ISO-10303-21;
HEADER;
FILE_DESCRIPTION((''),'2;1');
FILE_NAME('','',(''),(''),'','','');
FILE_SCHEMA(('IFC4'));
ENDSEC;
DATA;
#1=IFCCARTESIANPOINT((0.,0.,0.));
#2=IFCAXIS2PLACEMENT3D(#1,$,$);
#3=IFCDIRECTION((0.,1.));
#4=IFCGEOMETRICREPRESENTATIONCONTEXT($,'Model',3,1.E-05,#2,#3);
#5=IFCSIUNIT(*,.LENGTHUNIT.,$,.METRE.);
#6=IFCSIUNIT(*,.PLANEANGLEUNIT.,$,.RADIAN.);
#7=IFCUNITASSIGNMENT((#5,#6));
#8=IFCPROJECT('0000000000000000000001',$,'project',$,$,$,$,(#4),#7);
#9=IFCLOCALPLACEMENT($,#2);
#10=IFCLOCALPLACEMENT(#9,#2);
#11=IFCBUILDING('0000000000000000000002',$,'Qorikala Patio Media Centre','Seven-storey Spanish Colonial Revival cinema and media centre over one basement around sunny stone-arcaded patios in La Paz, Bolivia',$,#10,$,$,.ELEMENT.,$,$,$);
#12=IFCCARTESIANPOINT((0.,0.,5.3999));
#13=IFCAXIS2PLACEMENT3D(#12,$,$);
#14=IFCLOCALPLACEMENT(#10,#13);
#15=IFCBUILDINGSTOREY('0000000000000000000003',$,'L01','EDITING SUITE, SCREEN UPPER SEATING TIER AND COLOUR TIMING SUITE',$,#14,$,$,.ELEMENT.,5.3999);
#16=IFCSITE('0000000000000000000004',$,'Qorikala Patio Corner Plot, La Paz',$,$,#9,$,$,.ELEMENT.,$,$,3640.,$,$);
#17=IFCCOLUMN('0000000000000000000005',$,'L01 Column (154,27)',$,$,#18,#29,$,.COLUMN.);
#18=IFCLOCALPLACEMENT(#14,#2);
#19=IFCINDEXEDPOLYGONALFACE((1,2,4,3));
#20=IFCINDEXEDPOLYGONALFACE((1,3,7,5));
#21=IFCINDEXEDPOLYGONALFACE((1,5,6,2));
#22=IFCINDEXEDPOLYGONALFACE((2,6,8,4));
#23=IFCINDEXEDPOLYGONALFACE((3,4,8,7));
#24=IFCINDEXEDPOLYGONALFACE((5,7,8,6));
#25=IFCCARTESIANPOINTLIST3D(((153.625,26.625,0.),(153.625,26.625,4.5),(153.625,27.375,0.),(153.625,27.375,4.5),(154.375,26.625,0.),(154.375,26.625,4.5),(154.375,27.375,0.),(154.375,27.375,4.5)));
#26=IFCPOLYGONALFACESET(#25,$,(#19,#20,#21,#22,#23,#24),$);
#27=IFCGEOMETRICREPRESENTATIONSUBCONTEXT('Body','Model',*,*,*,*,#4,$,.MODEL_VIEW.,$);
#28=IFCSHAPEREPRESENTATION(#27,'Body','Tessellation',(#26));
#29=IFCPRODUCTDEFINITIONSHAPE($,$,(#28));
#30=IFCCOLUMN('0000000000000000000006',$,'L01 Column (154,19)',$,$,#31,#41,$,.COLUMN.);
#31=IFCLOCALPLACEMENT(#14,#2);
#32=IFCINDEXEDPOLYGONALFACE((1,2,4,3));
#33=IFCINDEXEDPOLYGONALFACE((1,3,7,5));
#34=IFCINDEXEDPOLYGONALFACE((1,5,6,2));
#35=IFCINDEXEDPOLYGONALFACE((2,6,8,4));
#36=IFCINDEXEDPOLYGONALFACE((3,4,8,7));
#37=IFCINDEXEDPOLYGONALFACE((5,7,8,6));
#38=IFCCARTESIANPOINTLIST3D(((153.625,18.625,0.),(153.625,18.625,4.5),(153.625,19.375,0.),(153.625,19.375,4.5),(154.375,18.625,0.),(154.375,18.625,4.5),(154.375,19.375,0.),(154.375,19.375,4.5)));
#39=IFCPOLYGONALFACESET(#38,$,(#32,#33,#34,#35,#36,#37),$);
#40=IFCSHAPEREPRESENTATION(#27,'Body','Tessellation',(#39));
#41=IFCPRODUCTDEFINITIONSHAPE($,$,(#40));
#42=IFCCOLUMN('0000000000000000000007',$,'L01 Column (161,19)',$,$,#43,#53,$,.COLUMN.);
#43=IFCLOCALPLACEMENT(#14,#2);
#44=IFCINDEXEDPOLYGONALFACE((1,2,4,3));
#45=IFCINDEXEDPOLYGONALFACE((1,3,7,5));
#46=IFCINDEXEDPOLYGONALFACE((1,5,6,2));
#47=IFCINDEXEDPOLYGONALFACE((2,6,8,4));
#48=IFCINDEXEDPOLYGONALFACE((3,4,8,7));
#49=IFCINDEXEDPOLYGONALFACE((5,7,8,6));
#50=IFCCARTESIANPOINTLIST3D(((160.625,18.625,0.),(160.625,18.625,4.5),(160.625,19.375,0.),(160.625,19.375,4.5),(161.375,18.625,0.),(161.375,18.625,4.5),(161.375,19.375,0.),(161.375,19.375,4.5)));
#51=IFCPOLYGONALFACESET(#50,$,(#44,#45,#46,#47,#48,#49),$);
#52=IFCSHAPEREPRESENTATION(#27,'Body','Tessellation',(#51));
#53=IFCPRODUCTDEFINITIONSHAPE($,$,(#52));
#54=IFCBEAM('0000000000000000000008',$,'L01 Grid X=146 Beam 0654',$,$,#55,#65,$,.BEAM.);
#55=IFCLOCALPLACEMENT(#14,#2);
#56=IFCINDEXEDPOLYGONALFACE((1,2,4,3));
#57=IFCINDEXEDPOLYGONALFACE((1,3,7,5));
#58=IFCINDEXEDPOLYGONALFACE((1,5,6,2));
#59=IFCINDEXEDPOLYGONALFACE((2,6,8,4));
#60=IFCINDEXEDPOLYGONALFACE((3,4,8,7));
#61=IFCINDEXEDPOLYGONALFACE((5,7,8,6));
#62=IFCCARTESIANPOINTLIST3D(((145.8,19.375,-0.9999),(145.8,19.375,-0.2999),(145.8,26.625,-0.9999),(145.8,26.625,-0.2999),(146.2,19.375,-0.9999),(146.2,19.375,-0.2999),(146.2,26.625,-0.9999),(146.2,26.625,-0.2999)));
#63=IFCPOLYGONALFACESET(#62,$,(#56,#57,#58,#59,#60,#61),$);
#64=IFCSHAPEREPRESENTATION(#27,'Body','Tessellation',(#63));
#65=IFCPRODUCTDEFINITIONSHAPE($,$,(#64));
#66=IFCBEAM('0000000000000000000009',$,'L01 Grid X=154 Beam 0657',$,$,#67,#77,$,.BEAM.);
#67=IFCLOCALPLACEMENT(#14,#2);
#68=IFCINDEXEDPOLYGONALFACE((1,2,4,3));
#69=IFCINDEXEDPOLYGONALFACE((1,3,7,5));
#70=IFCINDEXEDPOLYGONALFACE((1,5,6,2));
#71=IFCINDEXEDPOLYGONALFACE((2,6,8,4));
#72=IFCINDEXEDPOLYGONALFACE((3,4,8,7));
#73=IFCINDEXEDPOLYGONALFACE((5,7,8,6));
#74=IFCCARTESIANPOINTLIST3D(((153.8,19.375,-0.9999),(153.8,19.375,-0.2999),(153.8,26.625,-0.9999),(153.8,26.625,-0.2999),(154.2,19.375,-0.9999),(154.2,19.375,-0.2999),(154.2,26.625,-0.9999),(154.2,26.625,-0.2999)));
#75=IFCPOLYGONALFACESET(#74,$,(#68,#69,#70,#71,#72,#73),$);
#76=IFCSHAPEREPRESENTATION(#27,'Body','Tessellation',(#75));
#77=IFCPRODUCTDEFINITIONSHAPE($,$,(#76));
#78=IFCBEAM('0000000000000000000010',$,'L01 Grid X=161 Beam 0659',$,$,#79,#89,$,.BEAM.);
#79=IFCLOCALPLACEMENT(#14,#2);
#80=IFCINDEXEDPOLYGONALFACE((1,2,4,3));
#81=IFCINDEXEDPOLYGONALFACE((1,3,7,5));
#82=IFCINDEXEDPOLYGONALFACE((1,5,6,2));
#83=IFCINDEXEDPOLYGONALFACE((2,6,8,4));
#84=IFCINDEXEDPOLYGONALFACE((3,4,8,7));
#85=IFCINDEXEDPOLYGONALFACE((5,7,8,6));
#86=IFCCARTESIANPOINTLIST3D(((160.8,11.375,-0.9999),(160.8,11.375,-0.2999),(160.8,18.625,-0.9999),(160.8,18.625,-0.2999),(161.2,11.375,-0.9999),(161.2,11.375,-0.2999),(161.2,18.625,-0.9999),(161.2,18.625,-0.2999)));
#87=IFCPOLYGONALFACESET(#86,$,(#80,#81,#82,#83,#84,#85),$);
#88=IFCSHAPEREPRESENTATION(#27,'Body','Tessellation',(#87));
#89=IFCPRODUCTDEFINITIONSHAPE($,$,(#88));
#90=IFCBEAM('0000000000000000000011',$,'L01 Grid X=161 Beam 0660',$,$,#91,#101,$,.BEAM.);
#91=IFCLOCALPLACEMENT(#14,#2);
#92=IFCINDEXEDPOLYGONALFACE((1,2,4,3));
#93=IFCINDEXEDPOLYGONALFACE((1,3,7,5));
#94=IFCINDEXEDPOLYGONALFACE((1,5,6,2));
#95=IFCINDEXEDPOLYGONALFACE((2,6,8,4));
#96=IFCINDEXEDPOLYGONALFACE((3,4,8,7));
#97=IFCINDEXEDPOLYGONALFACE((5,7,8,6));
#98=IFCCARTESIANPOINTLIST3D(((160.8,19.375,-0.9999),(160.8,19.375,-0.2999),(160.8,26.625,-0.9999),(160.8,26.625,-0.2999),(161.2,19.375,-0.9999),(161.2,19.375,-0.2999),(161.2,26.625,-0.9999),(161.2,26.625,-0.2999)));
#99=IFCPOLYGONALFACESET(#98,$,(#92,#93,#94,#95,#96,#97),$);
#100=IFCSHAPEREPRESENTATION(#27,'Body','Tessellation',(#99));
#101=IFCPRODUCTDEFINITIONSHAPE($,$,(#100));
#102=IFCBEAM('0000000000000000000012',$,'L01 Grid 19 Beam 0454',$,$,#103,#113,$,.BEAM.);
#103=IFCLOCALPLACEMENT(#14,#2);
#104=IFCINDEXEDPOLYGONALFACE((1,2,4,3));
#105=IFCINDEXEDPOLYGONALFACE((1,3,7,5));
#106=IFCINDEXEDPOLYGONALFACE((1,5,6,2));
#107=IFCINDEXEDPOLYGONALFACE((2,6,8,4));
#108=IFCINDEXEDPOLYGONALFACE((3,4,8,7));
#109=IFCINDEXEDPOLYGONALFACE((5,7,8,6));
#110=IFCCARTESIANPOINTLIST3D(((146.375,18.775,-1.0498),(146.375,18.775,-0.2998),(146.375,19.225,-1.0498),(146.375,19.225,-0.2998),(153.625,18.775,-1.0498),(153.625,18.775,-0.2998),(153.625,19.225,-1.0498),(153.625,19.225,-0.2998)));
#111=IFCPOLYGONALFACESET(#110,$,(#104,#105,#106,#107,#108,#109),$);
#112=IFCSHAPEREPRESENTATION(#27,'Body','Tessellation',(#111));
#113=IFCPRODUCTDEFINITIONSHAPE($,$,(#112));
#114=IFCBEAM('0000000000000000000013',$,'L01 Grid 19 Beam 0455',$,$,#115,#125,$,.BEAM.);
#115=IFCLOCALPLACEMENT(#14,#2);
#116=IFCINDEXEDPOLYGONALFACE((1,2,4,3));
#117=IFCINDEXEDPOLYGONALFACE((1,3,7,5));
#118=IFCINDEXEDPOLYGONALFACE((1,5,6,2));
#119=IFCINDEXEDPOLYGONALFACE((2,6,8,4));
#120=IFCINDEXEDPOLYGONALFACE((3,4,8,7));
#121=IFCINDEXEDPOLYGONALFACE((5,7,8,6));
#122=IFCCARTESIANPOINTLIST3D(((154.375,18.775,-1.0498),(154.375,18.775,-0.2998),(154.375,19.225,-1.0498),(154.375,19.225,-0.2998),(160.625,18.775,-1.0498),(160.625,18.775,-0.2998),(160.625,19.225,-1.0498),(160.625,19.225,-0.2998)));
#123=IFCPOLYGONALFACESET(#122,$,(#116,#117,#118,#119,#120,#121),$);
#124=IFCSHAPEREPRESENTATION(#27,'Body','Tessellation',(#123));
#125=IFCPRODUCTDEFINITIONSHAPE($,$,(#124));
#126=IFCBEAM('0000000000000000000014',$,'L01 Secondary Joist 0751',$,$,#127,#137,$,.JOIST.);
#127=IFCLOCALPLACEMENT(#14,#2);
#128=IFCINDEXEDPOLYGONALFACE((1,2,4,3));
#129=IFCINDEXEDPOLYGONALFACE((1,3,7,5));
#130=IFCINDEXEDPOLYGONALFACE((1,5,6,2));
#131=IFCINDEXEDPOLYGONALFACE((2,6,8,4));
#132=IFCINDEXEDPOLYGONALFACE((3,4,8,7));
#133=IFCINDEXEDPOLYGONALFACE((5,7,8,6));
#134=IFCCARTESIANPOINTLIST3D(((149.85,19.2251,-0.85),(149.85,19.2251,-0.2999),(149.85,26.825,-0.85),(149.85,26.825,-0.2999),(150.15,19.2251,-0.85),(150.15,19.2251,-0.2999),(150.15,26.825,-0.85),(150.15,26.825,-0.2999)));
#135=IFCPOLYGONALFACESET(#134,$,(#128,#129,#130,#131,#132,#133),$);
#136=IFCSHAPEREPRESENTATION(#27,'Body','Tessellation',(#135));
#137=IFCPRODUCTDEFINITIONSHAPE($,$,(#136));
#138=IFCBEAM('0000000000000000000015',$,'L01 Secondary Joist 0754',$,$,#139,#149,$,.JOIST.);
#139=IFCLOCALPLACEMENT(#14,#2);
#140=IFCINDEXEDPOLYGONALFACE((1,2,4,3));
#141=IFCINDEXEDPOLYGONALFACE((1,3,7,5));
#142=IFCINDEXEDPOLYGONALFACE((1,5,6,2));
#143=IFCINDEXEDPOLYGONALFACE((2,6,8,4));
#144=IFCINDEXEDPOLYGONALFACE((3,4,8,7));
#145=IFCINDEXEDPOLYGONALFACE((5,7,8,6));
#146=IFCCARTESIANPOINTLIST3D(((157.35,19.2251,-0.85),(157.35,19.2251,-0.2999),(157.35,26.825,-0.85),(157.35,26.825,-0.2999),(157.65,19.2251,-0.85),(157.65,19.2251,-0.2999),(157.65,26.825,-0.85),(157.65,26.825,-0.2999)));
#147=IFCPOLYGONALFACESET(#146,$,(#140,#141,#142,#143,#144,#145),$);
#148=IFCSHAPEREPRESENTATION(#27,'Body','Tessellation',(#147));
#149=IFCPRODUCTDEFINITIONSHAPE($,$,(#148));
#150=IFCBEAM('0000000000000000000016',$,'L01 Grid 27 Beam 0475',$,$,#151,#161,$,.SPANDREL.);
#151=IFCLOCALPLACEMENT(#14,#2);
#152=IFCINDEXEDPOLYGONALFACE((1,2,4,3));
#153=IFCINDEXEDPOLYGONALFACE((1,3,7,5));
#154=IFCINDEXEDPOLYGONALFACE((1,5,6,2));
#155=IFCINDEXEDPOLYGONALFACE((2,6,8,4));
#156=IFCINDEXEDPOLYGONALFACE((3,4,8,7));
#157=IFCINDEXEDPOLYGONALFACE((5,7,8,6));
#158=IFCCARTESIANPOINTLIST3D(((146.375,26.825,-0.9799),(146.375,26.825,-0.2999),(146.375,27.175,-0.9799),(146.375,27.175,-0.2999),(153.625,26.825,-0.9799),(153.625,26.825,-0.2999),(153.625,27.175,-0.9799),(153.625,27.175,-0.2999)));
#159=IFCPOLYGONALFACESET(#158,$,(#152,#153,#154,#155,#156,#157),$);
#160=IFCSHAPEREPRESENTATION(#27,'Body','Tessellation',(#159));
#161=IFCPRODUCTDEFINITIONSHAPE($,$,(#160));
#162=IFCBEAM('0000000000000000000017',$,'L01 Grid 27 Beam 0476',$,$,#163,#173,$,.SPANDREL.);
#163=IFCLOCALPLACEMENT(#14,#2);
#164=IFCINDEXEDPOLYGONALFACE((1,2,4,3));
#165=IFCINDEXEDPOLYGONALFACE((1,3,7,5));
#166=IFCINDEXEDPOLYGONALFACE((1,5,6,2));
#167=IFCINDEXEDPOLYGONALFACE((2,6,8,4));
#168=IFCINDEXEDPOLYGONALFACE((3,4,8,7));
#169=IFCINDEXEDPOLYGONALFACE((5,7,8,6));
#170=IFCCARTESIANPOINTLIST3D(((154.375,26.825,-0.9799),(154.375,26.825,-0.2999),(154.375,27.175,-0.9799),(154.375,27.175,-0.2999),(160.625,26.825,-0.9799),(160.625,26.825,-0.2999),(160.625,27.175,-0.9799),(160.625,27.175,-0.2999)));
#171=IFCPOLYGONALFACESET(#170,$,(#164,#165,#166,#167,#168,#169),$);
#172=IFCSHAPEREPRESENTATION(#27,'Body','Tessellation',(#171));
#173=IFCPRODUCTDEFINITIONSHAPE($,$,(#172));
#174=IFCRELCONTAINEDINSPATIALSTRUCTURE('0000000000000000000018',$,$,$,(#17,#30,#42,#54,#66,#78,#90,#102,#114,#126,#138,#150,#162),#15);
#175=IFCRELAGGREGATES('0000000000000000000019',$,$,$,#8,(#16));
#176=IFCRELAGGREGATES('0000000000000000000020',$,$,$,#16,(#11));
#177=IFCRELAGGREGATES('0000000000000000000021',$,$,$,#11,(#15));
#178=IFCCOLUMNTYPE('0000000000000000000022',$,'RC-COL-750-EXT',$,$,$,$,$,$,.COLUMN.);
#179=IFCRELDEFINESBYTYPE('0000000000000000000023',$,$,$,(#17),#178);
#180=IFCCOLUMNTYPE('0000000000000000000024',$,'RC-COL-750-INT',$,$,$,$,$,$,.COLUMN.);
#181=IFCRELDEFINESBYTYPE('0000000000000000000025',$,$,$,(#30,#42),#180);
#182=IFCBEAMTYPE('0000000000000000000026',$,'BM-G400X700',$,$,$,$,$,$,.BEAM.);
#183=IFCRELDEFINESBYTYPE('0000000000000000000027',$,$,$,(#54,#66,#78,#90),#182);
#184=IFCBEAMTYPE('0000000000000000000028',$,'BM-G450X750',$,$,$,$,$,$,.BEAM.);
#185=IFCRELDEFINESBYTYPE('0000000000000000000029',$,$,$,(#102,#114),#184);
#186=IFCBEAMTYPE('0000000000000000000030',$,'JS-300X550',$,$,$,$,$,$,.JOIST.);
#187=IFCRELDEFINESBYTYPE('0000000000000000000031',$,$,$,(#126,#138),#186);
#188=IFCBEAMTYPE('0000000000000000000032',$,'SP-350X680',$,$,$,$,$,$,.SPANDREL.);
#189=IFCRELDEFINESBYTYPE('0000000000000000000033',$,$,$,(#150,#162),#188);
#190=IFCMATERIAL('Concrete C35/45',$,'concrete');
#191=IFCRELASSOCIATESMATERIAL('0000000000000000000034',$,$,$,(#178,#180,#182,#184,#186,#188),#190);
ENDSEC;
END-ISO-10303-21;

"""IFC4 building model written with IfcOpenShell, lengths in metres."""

from ifc_helpers import new_model, si_unit, direction, frame, origin, origin_2d, place, context, subcontext, project, spatial, rectangle, extrude, material, material_profile, profile_set, type_object, element, save


model = new_model("IFC4")

# Units and contexts
model_context = context("Model", 3, precision=1e-05, world=origin(), true_north=direction((0.0, 1.0)))
body_context = subcontext(model_context, "Body", "Model", "MODEL_VIEW")
ifc_project = project(units=[si_unit("LENGTHUNIT", "METRE"), si_unit("PLANEANGLEUNIT", "RADIAN")], contexts=[model_context])

# Site, building, storey
site_placement = place(None, origin())
site = spatial("IfcSite", under=ifc_project, at=site_placement, Name="Qorikala Patio Corner Plot, La Paz", CompositionType="ELEMENT", RefElevation=3640.0)
building_placement = place(site_placement, origin())
building = spatial("IfcBuilding", under=site, at=building_placement, Name="Qorikala Patio Media Centre", Description="Seven-storey Spanish Colonial Revival cinema and media centre over one basement around sunny stone-arcaded patios in La Paz, Bolivia", CompositionType="ELEMENT")
storey_placement = place(building_placement, frame((0.0, 0.0, 5.3999)))
storey = spatial("IfcBuildingStorey", under=building, at=storey_placement, Name="L01", Description="EDITING SUITE, SCREEN UPPER SEATING TIER AND COLOUR TIMING SUITE", CompositionType="ELEMENT", Elevation=5.3999)

# Columns
ifc_material_1 = material(Name="Concrete C35/45", Category="concrete")
ifc_material_profile_1 = material_profile(ifc_material_1, rectangle(XDim=0.75, YDim=0.75, at=origin_2d()), Name="RC 750x750")
ifc_profile_set_1 = profile_set([ifc_material_profile_1], Name="Concrete C35/45")
column_type_1 = type_object("IfcColumnType", Name="RC-COL-750-EXT", PredefinedType="COLUMN", material=ifc_profile_set_1)
column_placement = place(storey_placement, frame((154.0, 27.0, 0.0), z_axis=(0.0, 0.0, 1.0), x_axis=(1.0, 0.0, 0.0)))
element("IfcColumn", 1, at=column_placement, inside=storey, type_object=column_type_1, Name="L01 Column (154,27)", PredefinedType="COLUMN", context=body_context, shape_type="SweptSolid", body=[
    extrude(rectangle(XDim=0.75, YDim=0.75, at=origin_2d()), origin(), (0.0, 0.0, 1.0), 4.5),
])
ifc_material_profile_2 = material_profile(ifc_material_1, rectangle(XDim=0.75, YDim=0.75, at=origin_2d()), Name="RC 750x750")
ifc_profile_set_2 = profile_set([ifc_material_profile_2], Name="Concrete C35/45")
column_type_2 = type_object("IfcColumnType", Name="RC-COL-750-INT", PredefinedType="COLUMN", material=ifc_profile_set_2)
for number, where, z_axis, x_axis, name in (
    (2, (154.0, 19.0, 0.0), (0.0, 0.0, 1.0), (1.0, 0.0, 0.0), "L01 Column (154,19)"),
    (3, (161.0, 19.0, 0.0), (0.0, 0.0, 1.0), (1.0, 0.0, 0.0), "L01 Column (161,19)"),
):
    element("IfcColumn", number, at=place(storey_placement, frame(where, z_axis=z_axis, x_axis=x_axis)), inside=storey, type_object=column_type_2, Name=name, PredefinedType="COLUMN", context=body_context, shape_type="SweptSolid", body=[
        extrude(rectangle(XDim=0.75, YDim=0.75, at=origin_2d()), origin(), (0.0, 0.0, 1.0), 4.5),
    ])

# Beams
ifc_material_profile_3 = material_profile(ifc_material_1, rectangle(XDim=0.3999, YDim=0.7, at=origin_2d()), Name="RC 400x700")
ifc_profile_set_3 = profile_set([ifc_material_profile_3], Name="Concrete C35/45")
beam_type_1 = type_object("IfcBeamType", Name="BM-G400X700", PredefinedType="BEAM", material=ifc_profile_set_3)
for number, where, z_axis, x_axis, name in (
    (4, (146.0, 19.375, -0.6499), (0.0, 1.0, 0.0), (-1.0, 0.0, 0.0), "L01 Grid X=146 Beam 0654"),
    (5, (154.0, 19.375, -0.6499), (0.0, 1.0, 0.0), (-1.0, 0.0, 0.0), "L01 Grid X=154 Beam 0657"),
    (6, (161.0, 11.375, -0.6499), (0.0, 1.0, 0.0), (-1.0, 0.0, 0.0), "L01 Grid X=161 Beam 0659"),
    (7, (161.0, 19.375, -0.6499), (0.0, 1.0, 0.0), (-1.0, 0.0, 0.0), "L01 Grid X=161 Beam 0660"),
):
    element("IfcBeam", number, at=place(storey_placement, frame(where, z_axis=z_axis, x_axis=x_axis)), inside=storey, type_object=beam_type_1, Name=name, PredefinedType="BEAM", context=body_context, shape_type="SweptSolid", body=[
        extrude(rectangle(XDim=0.3999, YDim=0.7, at=origin_2d()), origin(), (0.0, 0.0, 1.0), 7.25),
    ])
ifc_material_profile_4 = material_profile(ifc_material_1, rectangle(XDim=0.45, YDim=0.75, at=origin_2d()), Name="RC 450x750")
ifc_profile_set_4 = profile_set([ifc_material_profile_4], Name="Concrete C35/45")
beam_type_2 = type_object("IfcBeamType", Name="BM-G450X750", PredefinedType="BEAM", material=ifc_profile_set_4)
beam_1_placement = place(storey_placement, frame((146.375, 19.0, -0.6748), z_axis=(1.0, 0.0, 0.0), x_axis=(0.0, 1.0, 0.0)))
element("IfcBeam", 8, at=beam_1_placement, inside=storey, type_object=beam_type_2, Name="L01 Grid 19 Beam 0454", PredefinedType="BEAM", context=body_context, shape_type="SweptSolid", body=[
    extrude(rectangle(XDim=0.45, YDim=0.75, at=origin_2d()), origin(), (0.0, 0.0, 1.0), 7.25),
])
beam_2_placement = place(storey_placement, frame((154.375, 19.0, -0.6748), z_axis=(1.0, 0.0, 0.0), x_axis=(0.0, 1.0, 0.0)))
element("IfcBeam", 9, at=beam_2_placement, inside=storey, type_object=beam_type_2, Name="L01 Grid 19 Beam 0455", PredefinedType="BEAM", context=body_context, shape_type="SweptSolid", body=[
    extrude(rectangle(XDim=0.45, YDim=0.75, at=origin_2d()), origin(), (0.0, 0.0, 1.0), 6.25),
])
ifc_material_profile_5 = material_profile(ifc_material_1, rectangle(XDim=0.3, YDim=0.55, at=origin_2d()), Name="RC 300x550")
ifc_profile_set_5 = profile_set([ifc_material_profile_5], Name="Concrete C35/45")
beam_type_3 = type_object("IfcBeamType", Name="JS-300X550", PredefinedType="JOIST", material=ifc_profile_set_5)
for number, where, z_axis, x_axis, name in (
    (10, (150.0, 19.2251, -0.575), (0.0, 1.0, 0.0), (-1.0, 0.0, 0.0), "L01 Secondary Joist 0751"),
    (11, (157.5, 19.2251, -0.575), (0.0, 1.0, 0.0), (-1.0, 0.0, 0.0), "L01 Secondary Joist 0754"),
):
    element("IfcBeam", number, at=place(storey_placement, frame(where, z_axis=z_axis, x_axis=x_axis)), inside=storey, type_object=beam_type_3, Name=name, PredefinedType="JOIST", context=body_context, shape_type="SweptSolid", body=[
        extrude(rectangle(XDim=0.3, YDim=0.55, at=origin_2d()), origin(), (0.0, 0.0, 1.0), 7.5999),
    ])
ifc_material_profile_6 = material_profile(ifc_material_1, rectangle(XDim=0.3501, YDim=0.6799, at=origin_2d()), Name="RC 350x680")
ifc_profile_set_6 = profile_set([ifc_material_profile_6], Name="Concrete C35/45")
beam_type_4 = type_object("IfcBeamType", Name="SP-350X680", PredefinedType="SPANDREL", material=ifc_profile_set_6)
beam_3_placement = place(storey_placement, frame((146.375, 27.0, -0.6399), z_axis=(1.0, 0.0, 0.0), x_axis=(0.0, 1.0, 0.0)))
element("IfcBeam", 12, at=beam_3_placement, inside=storey, type_object=beam_type_4, Name="L01 Grid 27 Beam 0475", PredefinedType="SPANDREL", context=body_context, shape_type="SweptSolid", body=[
    extrude(rectangle(XDim=0.3501, YDim=0.6799, at=origin_2d()), origin(), (0.0, 0.0, 1.0), 7.25),
])
beam_4_placement = place(storey_placement, frame((154.375, 27.0, -0.6399), z_axis=(1.0, 0.0, 0.0), x_axis=(0.0, 1.0, 0.0)))
element("IfcBeam", 13, at=beam_4_placement, inside=storey, type_object=beam_type_4, Name="L01 Grid 27 Beam 0476", PredefinedType="SPANDREL", context=body_context, shape_type="SweptSolid", body=[
    extrude(rectangle(XDim=0.3501, YDim=0.6799, at=origin_2d()), origin(), (0.0, 0.0, 1.0), 6.25),
])

save(model, "model.ifc")
